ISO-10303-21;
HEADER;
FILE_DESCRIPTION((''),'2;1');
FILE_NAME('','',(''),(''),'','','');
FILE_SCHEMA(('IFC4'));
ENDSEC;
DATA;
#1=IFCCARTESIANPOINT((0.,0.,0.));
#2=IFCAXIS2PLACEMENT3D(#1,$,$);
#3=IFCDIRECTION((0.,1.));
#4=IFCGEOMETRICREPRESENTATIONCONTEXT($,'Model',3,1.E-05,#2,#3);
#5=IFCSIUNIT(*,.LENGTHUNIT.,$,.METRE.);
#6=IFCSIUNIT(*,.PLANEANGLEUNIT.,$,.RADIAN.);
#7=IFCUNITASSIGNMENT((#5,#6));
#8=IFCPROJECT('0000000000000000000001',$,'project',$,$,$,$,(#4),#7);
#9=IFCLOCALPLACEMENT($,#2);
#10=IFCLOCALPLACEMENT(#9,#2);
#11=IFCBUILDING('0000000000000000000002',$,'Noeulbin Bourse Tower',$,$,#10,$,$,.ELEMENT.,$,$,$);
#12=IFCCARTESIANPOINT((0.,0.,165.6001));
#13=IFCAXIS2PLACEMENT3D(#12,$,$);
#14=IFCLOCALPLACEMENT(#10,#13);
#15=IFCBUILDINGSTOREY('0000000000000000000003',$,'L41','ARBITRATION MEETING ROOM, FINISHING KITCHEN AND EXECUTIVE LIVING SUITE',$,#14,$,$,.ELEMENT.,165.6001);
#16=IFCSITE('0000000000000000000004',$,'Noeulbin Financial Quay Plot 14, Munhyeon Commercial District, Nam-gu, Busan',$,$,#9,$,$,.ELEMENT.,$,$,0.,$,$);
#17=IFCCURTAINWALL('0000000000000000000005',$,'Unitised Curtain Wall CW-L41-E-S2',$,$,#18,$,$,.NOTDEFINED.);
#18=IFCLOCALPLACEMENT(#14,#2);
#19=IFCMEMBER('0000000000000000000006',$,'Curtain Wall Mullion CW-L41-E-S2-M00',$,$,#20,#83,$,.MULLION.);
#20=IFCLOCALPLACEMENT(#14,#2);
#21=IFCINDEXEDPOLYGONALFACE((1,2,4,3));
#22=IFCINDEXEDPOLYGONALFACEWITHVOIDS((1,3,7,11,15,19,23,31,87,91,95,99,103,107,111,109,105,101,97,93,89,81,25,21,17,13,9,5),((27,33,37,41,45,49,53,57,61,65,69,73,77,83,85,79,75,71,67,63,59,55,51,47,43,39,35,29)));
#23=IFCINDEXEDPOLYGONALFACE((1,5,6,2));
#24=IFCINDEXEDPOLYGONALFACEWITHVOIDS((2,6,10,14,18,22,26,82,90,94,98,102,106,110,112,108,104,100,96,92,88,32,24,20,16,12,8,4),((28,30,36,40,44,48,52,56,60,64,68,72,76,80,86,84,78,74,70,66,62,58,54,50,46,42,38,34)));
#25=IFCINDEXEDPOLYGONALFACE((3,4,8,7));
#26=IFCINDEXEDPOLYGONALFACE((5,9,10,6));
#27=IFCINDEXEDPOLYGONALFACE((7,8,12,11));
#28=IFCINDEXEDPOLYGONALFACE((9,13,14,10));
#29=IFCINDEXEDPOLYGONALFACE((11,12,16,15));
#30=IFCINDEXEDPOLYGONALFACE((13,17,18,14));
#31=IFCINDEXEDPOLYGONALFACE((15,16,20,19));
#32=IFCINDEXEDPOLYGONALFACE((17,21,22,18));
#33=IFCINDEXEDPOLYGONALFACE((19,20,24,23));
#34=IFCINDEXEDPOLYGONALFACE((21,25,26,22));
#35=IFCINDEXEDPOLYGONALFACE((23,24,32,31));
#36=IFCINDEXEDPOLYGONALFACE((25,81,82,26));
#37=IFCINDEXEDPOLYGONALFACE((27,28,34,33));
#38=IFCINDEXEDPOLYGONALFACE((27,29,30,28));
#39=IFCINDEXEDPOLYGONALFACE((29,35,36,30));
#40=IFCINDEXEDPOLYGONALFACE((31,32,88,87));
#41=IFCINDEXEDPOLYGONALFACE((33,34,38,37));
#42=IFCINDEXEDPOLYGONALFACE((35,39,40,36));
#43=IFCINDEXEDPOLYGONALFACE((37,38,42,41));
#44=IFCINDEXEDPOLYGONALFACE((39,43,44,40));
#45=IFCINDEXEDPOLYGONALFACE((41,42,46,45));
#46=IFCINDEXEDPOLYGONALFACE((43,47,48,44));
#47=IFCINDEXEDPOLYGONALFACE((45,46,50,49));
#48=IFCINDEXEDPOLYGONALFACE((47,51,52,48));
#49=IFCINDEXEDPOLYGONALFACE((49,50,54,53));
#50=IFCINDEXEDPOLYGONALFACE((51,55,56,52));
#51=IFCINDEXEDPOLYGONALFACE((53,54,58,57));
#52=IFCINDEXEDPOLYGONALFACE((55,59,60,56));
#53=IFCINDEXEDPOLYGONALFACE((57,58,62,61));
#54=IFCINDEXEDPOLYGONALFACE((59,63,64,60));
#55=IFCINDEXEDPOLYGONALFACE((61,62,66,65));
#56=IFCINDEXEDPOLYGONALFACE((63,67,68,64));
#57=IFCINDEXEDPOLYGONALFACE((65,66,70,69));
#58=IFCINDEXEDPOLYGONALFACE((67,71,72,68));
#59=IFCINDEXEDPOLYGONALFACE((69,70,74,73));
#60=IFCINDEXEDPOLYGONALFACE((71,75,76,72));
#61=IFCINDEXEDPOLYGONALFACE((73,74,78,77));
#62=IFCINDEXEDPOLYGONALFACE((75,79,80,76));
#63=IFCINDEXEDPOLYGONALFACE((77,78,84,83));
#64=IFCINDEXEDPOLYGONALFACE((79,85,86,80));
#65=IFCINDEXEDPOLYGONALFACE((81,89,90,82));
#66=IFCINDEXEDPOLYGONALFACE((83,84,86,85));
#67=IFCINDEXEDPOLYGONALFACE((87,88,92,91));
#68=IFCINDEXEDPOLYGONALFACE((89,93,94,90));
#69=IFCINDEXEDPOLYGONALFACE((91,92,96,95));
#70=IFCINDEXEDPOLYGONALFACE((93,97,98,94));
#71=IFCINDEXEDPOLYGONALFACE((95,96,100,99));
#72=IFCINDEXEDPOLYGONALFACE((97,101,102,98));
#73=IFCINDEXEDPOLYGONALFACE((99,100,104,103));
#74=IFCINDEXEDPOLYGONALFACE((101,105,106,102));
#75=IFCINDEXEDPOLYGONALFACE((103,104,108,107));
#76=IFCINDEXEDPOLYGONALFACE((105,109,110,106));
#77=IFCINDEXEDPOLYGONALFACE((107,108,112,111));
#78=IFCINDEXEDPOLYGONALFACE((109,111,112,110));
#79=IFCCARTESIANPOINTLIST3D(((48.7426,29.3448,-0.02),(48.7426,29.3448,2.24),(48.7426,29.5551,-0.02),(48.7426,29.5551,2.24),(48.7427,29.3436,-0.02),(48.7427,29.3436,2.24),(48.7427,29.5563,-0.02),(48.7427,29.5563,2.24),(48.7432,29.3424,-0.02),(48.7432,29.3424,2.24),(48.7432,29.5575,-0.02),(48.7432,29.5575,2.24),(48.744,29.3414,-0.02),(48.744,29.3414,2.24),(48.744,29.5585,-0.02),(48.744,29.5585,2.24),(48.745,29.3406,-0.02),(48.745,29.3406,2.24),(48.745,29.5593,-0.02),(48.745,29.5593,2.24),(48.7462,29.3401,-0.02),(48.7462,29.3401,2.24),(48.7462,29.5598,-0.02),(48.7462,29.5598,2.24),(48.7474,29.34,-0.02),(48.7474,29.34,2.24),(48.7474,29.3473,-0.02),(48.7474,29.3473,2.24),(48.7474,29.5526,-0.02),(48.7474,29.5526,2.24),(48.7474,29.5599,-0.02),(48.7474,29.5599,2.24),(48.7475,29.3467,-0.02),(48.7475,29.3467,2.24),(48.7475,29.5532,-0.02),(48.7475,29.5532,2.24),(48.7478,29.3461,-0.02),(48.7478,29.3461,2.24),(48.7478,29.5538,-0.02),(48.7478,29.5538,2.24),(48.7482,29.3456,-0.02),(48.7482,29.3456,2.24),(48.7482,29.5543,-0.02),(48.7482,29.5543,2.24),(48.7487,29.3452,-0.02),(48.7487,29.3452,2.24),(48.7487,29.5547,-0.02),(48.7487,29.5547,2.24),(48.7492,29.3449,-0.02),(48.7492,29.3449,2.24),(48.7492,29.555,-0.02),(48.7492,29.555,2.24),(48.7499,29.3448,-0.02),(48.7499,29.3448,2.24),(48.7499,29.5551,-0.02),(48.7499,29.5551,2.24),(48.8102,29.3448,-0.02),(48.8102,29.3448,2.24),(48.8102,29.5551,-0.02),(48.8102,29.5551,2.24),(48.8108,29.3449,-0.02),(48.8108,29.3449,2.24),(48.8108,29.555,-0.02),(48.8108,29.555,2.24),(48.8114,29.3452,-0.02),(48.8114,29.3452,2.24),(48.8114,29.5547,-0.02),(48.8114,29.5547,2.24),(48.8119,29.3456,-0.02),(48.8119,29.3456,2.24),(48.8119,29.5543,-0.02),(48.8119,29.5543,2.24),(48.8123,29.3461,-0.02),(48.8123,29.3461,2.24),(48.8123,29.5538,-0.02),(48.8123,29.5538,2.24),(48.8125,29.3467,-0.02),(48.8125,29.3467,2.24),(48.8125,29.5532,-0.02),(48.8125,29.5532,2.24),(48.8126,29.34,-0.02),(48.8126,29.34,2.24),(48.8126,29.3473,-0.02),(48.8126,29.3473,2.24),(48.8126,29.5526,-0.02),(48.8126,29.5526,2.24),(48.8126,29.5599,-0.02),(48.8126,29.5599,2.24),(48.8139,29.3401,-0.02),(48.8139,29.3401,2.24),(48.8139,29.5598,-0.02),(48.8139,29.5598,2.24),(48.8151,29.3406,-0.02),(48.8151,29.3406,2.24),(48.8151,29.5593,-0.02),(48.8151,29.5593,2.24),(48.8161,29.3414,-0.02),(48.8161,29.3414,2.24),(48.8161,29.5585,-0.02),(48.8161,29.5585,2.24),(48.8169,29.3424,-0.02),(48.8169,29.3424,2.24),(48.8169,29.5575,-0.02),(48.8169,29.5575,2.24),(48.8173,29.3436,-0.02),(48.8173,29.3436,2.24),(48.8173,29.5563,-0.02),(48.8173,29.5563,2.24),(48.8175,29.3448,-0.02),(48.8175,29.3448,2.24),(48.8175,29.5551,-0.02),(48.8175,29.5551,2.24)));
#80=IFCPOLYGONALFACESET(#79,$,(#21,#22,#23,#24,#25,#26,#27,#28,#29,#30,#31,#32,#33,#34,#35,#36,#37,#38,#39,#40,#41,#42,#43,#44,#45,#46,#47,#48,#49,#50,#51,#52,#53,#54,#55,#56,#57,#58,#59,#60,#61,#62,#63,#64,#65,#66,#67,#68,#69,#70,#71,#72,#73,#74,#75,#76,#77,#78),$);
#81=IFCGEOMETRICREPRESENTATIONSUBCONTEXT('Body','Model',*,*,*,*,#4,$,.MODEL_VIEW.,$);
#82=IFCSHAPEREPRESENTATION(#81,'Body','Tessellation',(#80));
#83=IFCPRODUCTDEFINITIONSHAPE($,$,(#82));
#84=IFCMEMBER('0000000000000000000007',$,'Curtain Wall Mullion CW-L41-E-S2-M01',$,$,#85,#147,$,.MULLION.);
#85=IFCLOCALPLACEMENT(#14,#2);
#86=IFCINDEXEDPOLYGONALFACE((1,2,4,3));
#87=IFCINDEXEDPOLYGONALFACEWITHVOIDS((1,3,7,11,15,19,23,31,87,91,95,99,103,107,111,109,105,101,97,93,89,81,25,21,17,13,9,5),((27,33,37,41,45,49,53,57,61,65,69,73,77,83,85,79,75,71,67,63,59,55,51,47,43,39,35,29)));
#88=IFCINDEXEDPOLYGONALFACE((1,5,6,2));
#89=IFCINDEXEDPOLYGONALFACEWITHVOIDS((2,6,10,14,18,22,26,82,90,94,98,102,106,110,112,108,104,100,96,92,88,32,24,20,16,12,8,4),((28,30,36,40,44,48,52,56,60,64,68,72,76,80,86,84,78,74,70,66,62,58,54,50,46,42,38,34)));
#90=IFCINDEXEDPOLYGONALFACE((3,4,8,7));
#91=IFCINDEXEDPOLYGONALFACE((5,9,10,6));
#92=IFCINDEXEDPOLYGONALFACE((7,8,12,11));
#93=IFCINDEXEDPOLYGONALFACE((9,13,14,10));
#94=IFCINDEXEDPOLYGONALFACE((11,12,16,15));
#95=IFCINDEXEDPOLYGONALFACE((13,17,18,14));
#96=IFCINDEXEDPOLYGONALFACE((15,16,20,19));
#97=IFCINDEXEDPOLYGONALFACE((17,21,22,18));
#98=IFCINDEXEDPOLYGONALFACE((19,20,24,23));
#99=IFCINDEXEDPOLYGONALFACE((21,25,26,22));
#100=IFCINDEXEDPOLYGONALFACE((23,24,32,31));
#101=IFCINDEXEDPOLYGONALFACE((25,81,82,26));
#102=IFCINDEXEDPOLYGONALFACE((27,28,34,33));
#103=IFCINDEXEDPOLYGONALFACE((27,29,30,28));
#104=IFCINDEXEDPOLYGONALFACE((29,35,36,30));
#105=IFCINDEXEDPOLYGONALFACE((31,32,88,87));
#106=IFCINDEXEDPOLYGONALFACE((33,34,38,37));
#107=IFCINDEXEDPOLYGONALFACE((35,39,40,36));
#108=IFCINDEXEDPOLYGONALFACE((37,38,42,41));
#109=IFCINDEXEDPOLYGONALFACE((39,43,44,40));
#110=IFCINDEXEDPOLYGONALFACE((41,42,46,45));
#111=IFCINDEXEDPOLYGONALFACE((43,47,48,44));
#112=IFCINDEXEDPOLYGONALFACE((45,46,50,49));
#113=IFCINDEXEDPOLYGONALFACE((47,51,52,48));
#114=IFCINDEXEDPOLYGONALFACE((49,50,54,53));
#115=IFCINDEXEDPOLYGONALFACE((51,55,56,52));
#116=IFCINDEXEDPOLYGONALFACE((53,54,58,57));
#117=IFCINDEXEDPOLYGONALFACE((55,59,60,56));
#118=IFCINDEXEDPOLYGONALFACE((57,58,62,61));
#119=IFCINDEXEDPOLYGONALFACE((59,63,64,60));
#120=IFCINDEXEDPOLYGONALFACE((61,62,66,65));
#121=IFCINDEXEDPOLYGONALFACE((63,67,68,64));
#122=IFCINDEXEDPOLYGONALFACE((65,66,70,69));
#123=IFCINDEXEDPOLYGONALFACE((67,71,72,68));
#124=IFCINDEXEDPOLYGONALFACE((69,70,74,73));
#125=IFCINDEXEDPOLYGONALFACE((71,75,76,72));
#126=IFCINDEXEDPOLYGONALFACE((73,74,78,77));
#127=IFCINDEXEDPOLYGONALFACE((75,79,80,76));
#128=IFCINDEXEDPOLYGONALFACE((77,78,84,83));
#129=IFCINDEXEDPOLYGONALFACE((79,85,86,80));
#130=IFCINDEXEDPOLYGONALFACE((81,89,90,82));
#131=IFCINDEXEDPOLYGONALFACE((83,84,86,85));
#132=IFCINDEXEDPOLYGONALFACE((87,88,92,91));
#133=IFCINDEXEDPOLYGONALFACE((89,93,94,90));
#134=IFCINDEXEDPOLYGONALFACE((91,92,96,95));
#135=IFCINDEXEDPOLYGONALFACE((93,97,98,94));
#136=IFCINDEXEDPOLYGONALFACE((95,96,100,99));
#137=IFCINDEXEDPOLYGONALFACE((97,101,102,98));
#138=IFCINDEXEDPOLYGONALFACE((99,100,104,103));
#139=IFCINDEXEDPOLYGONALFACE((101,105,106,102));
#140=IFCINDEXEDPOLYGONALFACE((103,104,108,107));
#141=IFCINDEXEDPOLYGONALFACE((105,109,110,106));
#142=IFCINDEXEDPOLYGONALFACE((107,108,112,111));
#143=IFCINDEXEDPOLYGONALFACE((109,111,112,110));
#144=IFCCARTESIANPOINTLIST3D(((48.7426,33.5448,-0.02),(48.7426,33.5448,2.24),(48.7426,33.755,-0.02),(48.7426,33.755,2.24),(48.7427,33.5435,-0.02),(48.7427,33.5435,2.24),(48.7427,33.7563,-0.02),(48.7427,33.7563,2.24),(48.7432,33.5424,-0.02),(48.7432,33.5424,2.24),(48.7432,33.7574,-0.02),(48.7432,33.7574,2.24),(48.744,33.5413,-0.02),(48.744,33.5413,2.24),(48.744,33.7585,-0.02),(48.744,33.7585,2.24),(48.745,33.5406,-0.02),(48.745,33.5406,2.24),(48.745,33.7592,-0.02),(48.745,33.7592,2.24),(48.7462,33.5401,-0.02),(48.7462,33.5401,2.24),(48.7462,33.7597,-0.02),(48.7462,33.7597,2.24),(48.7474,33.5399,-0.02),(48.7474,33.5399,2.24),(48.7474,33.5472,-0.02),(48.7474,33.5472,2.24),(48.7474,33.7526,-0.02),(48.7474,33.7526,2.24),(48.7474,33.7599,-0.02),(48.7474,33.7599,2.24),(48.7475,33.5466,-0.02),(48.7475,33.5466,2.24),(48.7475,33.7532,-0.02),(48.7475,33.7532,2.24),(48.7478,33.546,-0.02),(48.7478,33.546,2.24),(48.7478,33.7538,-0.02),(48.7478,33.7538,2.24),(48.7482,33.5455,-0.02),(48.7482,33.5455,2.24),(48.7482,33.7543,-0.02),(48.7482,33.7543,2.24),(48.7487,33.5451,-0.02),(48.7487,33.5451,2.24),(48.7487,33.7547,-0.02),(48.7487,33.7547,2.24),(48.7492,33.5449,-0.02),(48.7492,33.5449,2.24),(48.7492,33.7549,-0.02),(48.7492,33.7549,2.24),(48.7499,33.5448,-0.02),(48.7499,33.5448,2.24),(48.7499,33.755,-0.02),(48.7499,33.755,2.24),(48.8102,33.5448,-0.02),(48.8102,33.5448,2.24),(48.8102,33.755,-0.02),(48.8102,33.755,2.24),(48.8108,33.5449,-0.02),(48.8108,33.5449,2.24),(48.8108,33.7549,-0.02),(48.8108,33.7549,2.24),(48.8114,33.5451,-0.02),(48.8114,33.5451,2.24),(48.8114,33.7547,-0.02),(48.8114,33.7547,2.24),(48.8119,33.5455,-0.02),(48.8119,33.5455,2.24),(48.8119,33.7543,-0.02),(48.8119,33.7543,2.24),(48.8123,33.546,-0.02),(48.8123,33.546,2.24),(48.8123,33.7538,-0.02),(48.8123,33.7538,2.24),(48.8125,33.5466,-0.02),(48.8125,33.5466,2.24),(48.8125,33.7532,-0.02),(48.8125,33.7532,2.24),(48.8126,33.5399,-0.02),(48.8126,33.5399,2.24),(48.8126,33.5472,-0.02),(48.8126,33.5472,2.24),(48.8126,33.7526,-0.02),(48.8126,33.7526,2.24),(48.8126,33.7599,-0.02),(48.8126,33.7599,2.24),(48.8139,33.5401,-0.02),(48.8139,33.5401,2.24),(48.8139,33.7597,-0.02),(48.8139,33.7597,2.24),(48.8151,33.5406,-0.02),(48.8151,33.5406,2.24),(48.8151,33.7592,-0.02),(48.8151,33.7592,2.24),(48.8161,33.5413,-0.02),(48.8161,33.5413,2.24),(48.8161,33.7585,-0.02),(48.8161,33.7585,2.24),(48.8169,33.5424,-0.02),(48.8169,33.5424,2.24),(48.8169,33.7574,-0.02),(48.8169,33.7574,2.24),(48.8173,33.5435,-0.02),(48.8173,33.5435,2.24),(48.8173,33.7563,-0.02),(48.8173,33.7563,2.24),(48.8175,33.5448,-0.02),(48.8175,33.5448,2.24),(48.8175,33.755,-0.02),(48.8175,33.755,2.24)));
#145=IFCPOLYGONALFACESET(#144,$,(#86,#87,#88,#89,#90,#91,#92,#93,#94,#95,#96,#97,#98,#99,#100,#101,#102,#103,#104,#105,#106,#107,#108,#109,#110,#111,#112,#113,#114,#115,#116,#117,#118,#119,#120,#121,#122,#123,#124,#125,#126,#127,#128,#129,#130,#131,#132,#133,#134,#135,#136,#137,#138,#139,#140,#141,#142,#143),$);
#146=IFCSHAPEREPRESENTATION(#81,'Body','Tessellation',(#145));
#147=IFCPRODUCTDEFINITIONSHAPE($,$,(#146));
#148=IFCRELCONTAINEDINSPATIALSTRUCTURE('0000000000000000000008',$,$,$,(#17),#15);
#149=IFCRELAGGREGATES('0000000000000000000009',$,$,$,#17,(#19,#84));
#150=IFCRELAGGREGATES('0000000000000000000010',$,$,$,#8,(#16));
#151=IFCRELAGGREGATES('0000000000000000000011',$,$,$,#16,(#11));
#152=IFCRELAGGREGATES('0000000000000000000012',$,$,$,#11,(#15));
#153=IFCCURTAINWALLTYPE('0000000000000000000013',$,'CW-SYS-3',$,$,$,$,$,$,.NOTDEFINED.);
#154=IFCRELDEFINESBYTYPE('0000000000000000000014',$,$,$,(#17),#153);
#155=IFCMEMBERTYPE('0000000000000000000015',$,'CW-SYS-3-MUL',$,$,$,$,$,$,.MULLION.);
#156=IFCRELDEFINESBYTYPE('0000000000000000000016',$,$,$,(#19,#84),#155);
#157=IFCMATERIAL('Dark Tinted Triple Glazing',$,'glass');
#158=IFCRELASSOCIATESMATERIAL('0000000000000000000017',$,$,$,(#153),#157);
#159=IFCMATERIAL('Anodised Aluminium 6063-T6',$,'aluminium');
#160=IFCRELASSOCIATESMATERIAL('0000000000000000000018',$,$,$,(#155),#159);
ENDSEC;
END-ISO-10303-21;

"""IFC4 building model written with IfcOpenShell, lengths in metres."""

from ifc_helpers import new_model, si_unit, direction, frame, origin, origin_2d, place, context, subcontext, project, spatial, hollow_rectangle, extrude, material, material_profile, profile_set, type_object, element, aggregate, save


model = new_model("IFC4")

# Units and contexts
model_context = context("Model", 3, precision=1e-05, world=origin(), true_north=direction((0.0, 1.0)))
body_context = subcontext(model_context, "Body", "Model", "MODEL_VIEW")
ifc_project = project(units=[si_unit("LENGTHUNIT", "METRE"), si_unit("PLANEANGLEUNIT", "RADIAN")], contexts=[model_context])

# Site, building, storey
site_placement = place(None, origin())
site = spatial("IfcSite", under=ifc_project, at=site_placement, Name="Noeulbin Financial Quay Plot 14, Munhyeon Commercial District, Nam-gu, Busan", CompositionType="ELEMENT", RefElevation=0.0)
building_placement = place(site_placement, origin())
building = spatial("IfcBuilding", under=site, at=building_placement, Name="Noeulbin Bourse Tower", CompositionType="ELEMENT")
storey_placement = place(building_placement, frame((0.0, 0.0, 165.6001)))
storey = spatial("IfcBuildingStorey", under=building, at=storey_placement, Name="L41", Description="ARBITRATION MEETING ROOM, FINISHING KITCHEN AND EXECUTIVE LIVING SUITE", CompositionType="ELEMENT", Elevation=165.6001)

# Curtain wall, members
ifc_material_1 = material(Name="Dark Tinted Triple Glazing", Category="glass")
curtain_wall_type = type_object("IfcCurtainWallType", Name="CW-SYS-3", PredefinedType="NOTDEFINED", material=ifc_material_1)
curtain_wall_placement = place(storey_placement, origin())
curtain_wall = element("IfcCurtainWall", 1, at=curtain_wall_placement, inside=storey, type_object=curtain_wall_type, Name="Unitised Curtain Wall CW-L41-E-S2", PredefinedType="NOTDEFINED")
ifc_material_2 = material(Name="Anodised Aluminium 6063-T6", Category="aluminium")
ifc_material_profile_1 = material_profile(ifc_material_2, hollow_rectangle(XDim=0.075, YDim=0.22, WallThickness=0.0049, InnerFilletRadius=0.0024, OuterFilletRadius=0.0049, at=origin_2d()), Name="ALU-MULL-75x220x5", Category="LoadBearing")
ifc_profile_set_1 = profile_set([ifc_material_profile_1], Name="Anodised Aluminium 6063-T6")
member_type_1 = type_object("IfcMemberType", Name="CW-SYS-3-MUL", PredefinedType="MULLION", material=ifc_profile_set_1)
member_1_placement = place(storey_placement, frame((48.78, 29.45, -0.02), z_axis=(0.0, 0.0, 1.0), x_axis=(1.0, 0.0, 0.0)))
member_1 = element("IfcMember", 2, at=member_1_placement, type_object=member_type_1, Name="Curtain Wall Mullion CW-L41-E-S2-M00", PredefinedType="MULLION", context=body_context, shape_type="SweptSolid", body=[
    extrude(hollow_rectangle(XDim=0.075, YDim=0.22, WallThickness=0.0049, InnerFilletRadius=0.0024, OuterFilletRadius=0.0049, at=origin_2d()), origin(), (0.0, 0.0, 1.0), 2.26),
])
member_2_placement = place(storey_placement, frame((48.78, 33.6499, -0.02), z_axis=(0.0, 0.0, 1.0), x_axis=(1.0, 0.0, 0.0)))
member_2 = element("IfcMember", 3, at=member_2_placement, type_object=member_type_1, Name="Curtain Wall Mullion CW-L41-E-S2-M01", PredefinedType="MULLION", context=body_context, shape_type="SweptSolid", body=[
    extrude(hollow_rectangle(XDim=0.075, YDim=0.22, WallThickness=0.0049, InnerFilletRadius=0.0024, OuterFilletRadius=0.0049, at=origin_2d()), origin(), (0.0, 0.0, 1.0), 2.26),
])
aggregate(curtain_wall, [member_1, member_2])

save(model, "model.ifc")
